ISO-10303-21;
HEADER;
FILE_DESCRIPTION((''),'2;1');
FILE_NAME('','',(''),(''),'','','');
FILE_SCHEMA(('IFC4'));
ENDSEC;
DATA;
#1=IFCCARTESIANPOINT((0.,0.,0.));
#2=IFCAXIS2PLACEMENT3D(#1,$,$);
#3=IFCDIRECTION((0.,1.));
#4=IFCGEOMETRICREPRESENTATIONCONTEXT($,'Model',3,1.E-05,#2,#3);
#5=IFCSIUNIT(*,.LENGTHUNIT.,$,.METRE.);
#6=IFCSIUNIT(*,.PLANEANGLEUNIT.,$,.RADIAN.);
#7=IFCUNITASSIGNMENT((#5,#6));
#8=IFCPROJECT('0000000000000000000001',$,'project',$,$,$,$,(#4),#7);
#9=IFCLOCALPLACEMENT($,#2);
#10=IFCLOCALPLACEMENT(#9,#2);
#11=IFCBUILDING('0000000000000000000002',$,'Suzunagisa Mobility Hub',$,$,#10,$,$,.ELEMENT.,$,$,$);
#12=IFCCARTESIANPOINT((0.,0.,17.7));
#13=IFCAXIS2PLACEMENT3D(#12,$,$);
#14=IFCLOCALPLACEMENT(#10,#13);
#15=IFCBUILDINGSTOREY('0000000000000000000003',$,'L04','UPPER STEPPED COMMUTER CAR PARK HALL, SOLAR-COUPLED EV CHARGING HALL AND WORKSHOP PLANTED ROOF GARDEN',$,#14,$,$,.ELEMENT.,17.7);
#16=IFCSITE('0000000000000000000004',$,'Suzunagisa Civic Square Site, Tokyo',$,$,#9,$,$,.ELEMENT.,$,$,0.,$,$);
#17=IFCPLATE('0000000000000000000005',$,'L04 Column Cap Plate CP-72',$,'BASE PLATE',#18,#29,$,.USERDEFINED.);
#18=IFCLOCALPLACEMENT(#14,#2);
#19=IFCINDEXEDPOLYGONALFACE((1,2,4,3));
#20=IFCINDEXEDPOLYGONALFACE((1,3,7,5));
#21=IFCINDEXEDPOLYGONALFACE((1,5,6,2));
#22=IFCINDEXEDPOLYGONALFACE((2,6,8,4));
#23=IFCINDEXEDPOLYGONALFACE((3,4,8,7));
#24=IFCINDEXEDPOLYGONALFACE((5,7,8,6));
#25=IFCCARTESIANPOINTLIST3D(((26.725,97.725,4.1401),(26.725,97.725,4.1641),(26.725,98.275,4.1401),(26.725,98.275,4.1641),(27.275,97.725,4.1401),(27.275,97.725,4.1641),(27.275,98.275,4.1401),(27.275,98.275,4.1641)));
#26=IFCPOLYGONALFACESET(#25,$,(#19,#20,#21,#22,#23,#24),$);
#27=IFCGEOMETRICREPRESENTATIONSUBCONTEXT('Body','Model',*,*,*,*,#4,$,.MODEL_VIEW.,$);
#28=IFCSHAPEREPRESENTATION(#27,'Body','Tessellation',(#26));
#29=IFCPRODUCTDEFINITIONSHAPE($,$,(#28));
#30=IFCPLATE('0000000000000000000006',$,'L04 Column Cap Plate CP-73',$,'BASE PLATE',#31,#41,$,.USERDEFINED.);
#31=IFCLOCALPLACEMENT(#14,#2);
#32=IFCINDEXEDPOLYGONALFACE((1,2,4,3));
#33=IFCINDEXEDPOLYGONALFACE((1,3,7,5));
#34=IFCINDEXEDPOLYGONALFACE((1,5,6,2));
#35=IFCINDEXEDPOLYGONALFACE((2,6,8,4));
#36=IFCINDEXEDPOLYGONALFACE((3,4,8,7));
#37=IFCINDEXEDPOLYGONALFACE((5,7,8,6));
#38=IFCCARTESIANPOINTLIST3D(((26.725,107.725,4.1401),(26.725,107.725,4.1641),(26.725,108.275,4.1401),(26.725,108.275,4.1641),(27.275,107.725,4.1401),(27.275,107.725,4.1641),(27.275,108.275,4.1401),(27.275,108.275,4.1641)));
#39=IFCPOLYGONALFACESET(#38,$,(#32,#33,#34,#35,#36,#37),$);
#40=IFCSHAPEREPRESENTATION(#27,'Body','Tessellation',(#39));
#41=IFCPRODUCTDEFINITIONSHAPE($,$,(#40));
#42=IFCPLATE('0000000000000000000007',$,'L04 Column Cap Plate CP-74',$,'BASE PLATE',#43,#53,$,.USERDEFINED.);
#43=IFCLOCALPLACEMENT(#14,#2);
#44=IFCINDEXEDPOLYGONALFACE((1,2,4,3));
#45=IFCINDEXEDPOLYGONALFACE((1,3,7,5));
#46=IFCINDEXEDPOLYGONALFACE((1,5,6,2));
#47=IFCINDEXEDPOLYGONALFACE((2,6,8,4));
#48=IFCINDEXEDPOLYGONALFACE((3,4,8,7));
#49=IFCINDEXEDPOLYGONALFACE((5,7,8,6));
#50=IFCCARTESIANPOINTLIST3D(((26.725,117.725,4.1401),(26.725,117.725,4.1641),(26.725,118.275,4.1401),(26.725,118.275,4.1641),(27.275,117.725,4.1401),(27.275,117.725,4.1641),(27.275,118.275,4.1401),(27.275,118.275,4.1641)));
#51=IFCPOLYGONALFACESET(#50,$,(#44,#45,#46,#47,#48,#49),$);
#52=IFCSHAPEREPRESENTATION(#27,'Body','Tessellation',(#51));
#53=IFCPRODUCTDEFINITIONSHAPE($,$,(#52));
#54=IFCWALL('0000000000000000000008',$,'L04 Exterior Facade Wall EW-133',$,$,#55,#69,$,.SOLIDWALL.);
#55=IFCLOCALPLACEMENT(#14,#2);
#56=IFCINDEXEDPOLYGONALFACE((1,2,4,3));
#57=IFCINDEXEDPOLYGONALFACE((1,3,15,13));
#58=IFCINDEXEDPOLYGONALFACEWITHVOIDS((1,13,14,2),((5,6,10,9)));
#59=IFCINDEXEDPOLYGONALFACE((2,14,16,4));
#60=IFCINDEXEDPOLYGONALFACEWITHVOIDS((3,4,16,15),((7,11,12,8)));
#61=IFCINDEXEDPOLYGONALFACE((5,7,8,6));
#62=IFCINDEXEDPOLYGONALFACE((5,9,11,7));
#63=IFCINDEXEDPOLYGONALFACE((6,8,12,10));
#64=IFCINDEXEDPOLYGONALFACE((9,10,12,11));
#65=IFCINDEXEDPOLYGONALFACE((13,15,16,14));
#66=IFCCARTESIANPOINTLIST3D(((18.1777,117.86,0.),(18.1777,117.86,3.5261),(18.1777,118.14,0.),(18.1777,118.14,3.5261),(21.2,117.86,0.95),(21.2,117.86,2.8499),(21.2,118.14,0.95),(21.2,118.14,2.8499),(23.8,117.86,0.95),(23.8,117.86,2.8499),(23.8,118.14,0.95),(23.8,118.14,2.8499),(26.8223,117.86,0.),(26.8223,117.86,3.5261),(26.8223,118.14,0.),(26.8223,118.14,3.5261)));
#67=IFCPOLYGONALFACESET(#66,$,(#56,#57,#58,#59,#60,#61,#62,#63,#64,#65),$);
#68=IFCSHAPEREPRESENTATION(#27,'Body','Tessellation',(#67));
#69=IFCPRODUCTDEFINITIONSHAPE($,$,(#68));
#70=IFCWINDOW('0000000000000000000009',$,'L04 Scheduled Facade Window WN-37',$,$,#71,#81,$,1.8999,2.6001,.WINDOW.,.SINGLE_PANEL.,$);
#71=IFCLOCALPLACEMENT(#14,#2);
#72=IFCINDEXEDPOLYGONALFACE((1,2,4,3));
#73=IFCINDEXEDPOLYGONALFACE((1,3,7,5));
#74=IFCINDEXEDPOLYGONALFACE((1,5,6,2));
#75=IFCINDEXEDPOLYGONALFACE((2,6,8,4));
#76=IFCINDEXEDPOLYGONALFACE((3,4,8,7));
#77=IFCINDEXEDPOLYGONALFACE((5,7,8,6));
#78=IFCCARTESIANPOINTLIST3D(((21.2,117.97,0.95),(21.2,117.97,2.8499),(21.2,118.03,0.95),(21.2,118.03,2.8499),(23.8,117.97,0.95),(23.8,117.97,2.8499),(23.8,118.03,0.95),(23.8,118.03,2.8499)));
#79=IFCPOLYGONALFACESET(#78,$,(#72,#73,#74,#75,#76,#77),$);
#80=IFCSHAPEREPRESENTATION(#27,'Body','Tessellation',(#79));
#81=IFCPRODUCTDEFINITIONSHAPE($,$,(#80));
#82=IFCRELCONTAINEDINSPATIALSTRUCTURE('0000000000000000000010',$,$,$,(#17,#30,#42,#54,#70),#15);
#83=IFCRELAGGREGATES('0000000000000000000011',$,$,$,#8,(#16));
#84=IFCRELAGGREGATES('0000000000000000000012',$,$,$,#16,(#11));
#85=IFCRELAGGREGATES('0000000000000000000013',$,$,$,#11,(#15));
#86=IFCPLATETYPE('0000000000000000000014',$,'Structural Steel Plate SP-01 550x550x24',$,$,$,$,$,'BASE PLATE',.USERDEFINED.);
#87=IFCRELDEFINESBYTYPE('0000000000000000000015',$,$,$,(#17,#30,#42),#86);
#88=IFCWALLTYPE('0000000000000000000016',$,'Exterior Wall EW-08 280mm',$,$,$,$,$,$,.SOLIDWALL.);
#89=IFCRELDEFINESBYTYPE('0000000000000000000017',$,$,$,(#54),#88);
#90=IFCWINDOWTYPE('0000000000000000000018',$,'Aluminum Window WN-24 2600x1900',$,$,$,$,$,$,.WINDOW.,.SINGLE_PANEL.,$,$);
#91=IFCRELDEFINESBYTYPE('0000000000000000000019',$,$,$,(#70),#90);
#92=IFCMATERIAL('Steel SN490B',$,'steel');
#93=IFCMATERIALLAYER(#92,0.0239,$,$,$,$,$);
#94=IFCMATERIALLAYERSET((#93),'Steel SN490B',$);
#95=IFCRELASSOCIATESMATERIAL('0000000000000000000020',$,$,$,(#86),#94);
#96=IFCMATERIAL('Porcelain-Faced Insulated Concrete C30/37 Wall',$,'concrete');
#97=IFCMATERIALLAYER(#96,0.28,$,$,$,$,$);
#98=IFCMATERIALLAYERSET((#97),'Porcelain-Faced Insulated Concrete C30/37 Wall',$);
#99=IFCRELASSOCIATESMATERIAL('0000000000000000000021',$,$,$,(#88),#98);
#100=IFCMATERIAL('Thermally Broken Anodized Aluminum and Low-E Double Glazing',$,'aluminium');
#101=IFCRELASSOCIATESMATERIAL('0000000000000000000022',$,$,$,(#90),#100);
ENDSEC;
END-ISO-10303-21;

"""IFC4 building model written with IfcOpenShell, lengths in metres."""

from ifc_helpers import new_model, si_unit, direction, frame, frame_2d, origin, origin_2d, place, context, subcontext, project, spatial, rectangle, extrude, material, layer, layer_set, type_object, element, fill, save


model = new_model("IFC4")

# Units and contexts
model_context = context("Model", 3, precision=1e-05, world=origin(), true_north=direction((0.0, 1.0)))
body_context = subcontext(model_context, "Body", "Model", "MODEL_VIEW")
ifc_project = project(units=[si_unit("LENGTHUNIT", "METRE"), si_unit("PLANEANGLEUNIT", "RADIAN")], contexts=[model_context])

# Site, building, storey
site_placement = place(None, origin())
site = spatial("IfcSite", under=ifc_project, at=site_placement, Name="Suzunagisa Civic Square Site, Tokyo", CompositionType="ELEMENT", RefElevation=0.0)
building_placement = place(site_placement, origin())
building = spatial("IfcBuilding", under=site, at=building_placement, Name="Suzunagisa Mobility Hub", CompositionType="ELEMENT")
storey_placement = place(building_placement, frame((0.0, 0.0, 17.7)))
storey = spatial("IfcBuildingStorey", under=building, at=storey_placement, Name="L04", Description="UPPER STEPPED COMMUTER CAR PARK HALL, SOLAR-COUPLED EV CHARGING HALL AND WORKSHOP PLANTED ROOF GARDEN", CompositionType="ELEMENT", Elevation=17.7)

# Shared definitions
ifc_material_1 = material(Name="Steel SN490B", Category="steel")

# Plates
ifc_layer_1 = layer(ifc_material_1, 0.0239)
ifc_layer_set_1 = layer_set([ifc_layer_1], Name="Steel SN490B")
plate_type_1 = type_object("IfcPlateType", Name="Structural Steel Plate SP-01 550x550x24", ElementType="BASE PLATE", PredefinedType="USERDEFINED", material=ifc_layer_set_1)
for number, where, z_axis, x_axis, name in (
    (1, (27.0, 98.0, 4.1401), (0.0, 0.0, 1.0), (1.0, 0.0, 0.0), "L04 Column Cap Plate CP-72"),
    (2, (27.0, 108.0, 4.1401), (0.0, 0.0, 1.0), (1.0, 0.0, 0.0), "L04 Column Cap Plate CP-73"),
    (3, (27.0, 118.0, 4.1401), (0.0, 0.0, 1.0), (1.0, 0.0, 0.0), "L04 Column Cap Plate CP-74"),
):
    element("IfcPlate", number, at=place(storey_placement, frame(where, z_axis=z_axis, x_axis=x_axis)), inside=storey, type_object=plate_type_1, Name=name, ObjectType="BASE PLATE", PredefinedType="USERDEFINED", context=body_context, shape_type="SweptSolid", body=[
        extrude(rectangle(XDim=0.55, YDim=0.55, at=origin_2d()), origin(), (0.0, 0.0, 1.0), 0.0239),
    ])

# Wall, opening, window
ifc_material_2 = material(Name="Porcelain-Faced Insulated Concrete C30/37 Wall", Category="concrete")
ifc_layer_2 = layer(ifc_material_2, 0.28)
ifc_layer_set_2 = layer_set([ifc_layer_2], Name="Porcelain-Faced Insulated Concrete C30/37 Wall")
wall_type = type_object("IfcWallType", Name="Exterior Wall EW-08 280mm", PredefinedType="SOLIDWALL", material=ifc_layer_set_2)
wall_placement = place(storey_placement, frame((26.8223, 118.0, 0.0), z_axis=(0.0, 0.0, 1.0), x_axis=(-1.0, 0.0, 0.0)))
wall = element("IfcWall", 4, at=wall_placement, inside=storey, type_object=wall_type, Name="L04 Exterior Facade Wall EW-133", PredefinedType="SOLIDWALL", context=body_context, shape_type="SweptSolid", body=[
    extrude(rectangle(XDim=8.6445, YDim=0.28, at=frame_2d((4.3223, 0.0))), origin(), (0.0, 0.0, 1.0), 3.5261),
])
opening_placement = place(wall_placement, frame((3.0222, 0.0, 0.95)))
opening = element("IfcOpeningElement", 5, at=opening_placement, cuts=wall, PredefinedType="OPENING", context=body_context, shape_type="SweptSolid", body=[
    extrude(rectangle(XDim=2.6001, YDim=1.8999, at=frame_2d((1.3, 0.95))), frame((0.0, 0.1509, 0.0), z_axis=(0.0, -1.0, 0.0), x_axis=(1.0, 0.0, 0.0)), (0.0, 0.0, 1.0), 0.302),
])
ifc_material_3 = material(Name="Thermally Broken Anodized Aluminum and Low-E Double Glazing", Category="aluminium")
window_type = type_object("IfcWindowType", Name="Aluminum Window WN-24 2600x1900", PartitioningType="SINGLE_PANEL", PredefinedType="WINDOW", material=ifc_material_3)
window_placement = place(opening_placement, origin())
window = element("IfcWindow", 6, at=window_placement, inside=storey, type_object=window_type, Name="L04 Scheduled Facade Window WN-37", OverallHeight=1.8999, OverallWidth=2.6001, PartitioningType="SINGLE_PANEL", PredefinedType="WINDOW", context=body_context, shape_type="SweptSolid", body=[
    extrude(rectangle(XDim=2.6001, YDim=1.8999, at=frame_2d((1.3, 0.95))), frame((0.0, 0.03, 0.0), z_axis=(0.0, -1.0, 0.0), x_axis=(1.0, 0.0, 0.0)), (0.0, 0.0, 1.0), 0.0601),
])
fill(opening, window)

save(model, "model.ifc")
